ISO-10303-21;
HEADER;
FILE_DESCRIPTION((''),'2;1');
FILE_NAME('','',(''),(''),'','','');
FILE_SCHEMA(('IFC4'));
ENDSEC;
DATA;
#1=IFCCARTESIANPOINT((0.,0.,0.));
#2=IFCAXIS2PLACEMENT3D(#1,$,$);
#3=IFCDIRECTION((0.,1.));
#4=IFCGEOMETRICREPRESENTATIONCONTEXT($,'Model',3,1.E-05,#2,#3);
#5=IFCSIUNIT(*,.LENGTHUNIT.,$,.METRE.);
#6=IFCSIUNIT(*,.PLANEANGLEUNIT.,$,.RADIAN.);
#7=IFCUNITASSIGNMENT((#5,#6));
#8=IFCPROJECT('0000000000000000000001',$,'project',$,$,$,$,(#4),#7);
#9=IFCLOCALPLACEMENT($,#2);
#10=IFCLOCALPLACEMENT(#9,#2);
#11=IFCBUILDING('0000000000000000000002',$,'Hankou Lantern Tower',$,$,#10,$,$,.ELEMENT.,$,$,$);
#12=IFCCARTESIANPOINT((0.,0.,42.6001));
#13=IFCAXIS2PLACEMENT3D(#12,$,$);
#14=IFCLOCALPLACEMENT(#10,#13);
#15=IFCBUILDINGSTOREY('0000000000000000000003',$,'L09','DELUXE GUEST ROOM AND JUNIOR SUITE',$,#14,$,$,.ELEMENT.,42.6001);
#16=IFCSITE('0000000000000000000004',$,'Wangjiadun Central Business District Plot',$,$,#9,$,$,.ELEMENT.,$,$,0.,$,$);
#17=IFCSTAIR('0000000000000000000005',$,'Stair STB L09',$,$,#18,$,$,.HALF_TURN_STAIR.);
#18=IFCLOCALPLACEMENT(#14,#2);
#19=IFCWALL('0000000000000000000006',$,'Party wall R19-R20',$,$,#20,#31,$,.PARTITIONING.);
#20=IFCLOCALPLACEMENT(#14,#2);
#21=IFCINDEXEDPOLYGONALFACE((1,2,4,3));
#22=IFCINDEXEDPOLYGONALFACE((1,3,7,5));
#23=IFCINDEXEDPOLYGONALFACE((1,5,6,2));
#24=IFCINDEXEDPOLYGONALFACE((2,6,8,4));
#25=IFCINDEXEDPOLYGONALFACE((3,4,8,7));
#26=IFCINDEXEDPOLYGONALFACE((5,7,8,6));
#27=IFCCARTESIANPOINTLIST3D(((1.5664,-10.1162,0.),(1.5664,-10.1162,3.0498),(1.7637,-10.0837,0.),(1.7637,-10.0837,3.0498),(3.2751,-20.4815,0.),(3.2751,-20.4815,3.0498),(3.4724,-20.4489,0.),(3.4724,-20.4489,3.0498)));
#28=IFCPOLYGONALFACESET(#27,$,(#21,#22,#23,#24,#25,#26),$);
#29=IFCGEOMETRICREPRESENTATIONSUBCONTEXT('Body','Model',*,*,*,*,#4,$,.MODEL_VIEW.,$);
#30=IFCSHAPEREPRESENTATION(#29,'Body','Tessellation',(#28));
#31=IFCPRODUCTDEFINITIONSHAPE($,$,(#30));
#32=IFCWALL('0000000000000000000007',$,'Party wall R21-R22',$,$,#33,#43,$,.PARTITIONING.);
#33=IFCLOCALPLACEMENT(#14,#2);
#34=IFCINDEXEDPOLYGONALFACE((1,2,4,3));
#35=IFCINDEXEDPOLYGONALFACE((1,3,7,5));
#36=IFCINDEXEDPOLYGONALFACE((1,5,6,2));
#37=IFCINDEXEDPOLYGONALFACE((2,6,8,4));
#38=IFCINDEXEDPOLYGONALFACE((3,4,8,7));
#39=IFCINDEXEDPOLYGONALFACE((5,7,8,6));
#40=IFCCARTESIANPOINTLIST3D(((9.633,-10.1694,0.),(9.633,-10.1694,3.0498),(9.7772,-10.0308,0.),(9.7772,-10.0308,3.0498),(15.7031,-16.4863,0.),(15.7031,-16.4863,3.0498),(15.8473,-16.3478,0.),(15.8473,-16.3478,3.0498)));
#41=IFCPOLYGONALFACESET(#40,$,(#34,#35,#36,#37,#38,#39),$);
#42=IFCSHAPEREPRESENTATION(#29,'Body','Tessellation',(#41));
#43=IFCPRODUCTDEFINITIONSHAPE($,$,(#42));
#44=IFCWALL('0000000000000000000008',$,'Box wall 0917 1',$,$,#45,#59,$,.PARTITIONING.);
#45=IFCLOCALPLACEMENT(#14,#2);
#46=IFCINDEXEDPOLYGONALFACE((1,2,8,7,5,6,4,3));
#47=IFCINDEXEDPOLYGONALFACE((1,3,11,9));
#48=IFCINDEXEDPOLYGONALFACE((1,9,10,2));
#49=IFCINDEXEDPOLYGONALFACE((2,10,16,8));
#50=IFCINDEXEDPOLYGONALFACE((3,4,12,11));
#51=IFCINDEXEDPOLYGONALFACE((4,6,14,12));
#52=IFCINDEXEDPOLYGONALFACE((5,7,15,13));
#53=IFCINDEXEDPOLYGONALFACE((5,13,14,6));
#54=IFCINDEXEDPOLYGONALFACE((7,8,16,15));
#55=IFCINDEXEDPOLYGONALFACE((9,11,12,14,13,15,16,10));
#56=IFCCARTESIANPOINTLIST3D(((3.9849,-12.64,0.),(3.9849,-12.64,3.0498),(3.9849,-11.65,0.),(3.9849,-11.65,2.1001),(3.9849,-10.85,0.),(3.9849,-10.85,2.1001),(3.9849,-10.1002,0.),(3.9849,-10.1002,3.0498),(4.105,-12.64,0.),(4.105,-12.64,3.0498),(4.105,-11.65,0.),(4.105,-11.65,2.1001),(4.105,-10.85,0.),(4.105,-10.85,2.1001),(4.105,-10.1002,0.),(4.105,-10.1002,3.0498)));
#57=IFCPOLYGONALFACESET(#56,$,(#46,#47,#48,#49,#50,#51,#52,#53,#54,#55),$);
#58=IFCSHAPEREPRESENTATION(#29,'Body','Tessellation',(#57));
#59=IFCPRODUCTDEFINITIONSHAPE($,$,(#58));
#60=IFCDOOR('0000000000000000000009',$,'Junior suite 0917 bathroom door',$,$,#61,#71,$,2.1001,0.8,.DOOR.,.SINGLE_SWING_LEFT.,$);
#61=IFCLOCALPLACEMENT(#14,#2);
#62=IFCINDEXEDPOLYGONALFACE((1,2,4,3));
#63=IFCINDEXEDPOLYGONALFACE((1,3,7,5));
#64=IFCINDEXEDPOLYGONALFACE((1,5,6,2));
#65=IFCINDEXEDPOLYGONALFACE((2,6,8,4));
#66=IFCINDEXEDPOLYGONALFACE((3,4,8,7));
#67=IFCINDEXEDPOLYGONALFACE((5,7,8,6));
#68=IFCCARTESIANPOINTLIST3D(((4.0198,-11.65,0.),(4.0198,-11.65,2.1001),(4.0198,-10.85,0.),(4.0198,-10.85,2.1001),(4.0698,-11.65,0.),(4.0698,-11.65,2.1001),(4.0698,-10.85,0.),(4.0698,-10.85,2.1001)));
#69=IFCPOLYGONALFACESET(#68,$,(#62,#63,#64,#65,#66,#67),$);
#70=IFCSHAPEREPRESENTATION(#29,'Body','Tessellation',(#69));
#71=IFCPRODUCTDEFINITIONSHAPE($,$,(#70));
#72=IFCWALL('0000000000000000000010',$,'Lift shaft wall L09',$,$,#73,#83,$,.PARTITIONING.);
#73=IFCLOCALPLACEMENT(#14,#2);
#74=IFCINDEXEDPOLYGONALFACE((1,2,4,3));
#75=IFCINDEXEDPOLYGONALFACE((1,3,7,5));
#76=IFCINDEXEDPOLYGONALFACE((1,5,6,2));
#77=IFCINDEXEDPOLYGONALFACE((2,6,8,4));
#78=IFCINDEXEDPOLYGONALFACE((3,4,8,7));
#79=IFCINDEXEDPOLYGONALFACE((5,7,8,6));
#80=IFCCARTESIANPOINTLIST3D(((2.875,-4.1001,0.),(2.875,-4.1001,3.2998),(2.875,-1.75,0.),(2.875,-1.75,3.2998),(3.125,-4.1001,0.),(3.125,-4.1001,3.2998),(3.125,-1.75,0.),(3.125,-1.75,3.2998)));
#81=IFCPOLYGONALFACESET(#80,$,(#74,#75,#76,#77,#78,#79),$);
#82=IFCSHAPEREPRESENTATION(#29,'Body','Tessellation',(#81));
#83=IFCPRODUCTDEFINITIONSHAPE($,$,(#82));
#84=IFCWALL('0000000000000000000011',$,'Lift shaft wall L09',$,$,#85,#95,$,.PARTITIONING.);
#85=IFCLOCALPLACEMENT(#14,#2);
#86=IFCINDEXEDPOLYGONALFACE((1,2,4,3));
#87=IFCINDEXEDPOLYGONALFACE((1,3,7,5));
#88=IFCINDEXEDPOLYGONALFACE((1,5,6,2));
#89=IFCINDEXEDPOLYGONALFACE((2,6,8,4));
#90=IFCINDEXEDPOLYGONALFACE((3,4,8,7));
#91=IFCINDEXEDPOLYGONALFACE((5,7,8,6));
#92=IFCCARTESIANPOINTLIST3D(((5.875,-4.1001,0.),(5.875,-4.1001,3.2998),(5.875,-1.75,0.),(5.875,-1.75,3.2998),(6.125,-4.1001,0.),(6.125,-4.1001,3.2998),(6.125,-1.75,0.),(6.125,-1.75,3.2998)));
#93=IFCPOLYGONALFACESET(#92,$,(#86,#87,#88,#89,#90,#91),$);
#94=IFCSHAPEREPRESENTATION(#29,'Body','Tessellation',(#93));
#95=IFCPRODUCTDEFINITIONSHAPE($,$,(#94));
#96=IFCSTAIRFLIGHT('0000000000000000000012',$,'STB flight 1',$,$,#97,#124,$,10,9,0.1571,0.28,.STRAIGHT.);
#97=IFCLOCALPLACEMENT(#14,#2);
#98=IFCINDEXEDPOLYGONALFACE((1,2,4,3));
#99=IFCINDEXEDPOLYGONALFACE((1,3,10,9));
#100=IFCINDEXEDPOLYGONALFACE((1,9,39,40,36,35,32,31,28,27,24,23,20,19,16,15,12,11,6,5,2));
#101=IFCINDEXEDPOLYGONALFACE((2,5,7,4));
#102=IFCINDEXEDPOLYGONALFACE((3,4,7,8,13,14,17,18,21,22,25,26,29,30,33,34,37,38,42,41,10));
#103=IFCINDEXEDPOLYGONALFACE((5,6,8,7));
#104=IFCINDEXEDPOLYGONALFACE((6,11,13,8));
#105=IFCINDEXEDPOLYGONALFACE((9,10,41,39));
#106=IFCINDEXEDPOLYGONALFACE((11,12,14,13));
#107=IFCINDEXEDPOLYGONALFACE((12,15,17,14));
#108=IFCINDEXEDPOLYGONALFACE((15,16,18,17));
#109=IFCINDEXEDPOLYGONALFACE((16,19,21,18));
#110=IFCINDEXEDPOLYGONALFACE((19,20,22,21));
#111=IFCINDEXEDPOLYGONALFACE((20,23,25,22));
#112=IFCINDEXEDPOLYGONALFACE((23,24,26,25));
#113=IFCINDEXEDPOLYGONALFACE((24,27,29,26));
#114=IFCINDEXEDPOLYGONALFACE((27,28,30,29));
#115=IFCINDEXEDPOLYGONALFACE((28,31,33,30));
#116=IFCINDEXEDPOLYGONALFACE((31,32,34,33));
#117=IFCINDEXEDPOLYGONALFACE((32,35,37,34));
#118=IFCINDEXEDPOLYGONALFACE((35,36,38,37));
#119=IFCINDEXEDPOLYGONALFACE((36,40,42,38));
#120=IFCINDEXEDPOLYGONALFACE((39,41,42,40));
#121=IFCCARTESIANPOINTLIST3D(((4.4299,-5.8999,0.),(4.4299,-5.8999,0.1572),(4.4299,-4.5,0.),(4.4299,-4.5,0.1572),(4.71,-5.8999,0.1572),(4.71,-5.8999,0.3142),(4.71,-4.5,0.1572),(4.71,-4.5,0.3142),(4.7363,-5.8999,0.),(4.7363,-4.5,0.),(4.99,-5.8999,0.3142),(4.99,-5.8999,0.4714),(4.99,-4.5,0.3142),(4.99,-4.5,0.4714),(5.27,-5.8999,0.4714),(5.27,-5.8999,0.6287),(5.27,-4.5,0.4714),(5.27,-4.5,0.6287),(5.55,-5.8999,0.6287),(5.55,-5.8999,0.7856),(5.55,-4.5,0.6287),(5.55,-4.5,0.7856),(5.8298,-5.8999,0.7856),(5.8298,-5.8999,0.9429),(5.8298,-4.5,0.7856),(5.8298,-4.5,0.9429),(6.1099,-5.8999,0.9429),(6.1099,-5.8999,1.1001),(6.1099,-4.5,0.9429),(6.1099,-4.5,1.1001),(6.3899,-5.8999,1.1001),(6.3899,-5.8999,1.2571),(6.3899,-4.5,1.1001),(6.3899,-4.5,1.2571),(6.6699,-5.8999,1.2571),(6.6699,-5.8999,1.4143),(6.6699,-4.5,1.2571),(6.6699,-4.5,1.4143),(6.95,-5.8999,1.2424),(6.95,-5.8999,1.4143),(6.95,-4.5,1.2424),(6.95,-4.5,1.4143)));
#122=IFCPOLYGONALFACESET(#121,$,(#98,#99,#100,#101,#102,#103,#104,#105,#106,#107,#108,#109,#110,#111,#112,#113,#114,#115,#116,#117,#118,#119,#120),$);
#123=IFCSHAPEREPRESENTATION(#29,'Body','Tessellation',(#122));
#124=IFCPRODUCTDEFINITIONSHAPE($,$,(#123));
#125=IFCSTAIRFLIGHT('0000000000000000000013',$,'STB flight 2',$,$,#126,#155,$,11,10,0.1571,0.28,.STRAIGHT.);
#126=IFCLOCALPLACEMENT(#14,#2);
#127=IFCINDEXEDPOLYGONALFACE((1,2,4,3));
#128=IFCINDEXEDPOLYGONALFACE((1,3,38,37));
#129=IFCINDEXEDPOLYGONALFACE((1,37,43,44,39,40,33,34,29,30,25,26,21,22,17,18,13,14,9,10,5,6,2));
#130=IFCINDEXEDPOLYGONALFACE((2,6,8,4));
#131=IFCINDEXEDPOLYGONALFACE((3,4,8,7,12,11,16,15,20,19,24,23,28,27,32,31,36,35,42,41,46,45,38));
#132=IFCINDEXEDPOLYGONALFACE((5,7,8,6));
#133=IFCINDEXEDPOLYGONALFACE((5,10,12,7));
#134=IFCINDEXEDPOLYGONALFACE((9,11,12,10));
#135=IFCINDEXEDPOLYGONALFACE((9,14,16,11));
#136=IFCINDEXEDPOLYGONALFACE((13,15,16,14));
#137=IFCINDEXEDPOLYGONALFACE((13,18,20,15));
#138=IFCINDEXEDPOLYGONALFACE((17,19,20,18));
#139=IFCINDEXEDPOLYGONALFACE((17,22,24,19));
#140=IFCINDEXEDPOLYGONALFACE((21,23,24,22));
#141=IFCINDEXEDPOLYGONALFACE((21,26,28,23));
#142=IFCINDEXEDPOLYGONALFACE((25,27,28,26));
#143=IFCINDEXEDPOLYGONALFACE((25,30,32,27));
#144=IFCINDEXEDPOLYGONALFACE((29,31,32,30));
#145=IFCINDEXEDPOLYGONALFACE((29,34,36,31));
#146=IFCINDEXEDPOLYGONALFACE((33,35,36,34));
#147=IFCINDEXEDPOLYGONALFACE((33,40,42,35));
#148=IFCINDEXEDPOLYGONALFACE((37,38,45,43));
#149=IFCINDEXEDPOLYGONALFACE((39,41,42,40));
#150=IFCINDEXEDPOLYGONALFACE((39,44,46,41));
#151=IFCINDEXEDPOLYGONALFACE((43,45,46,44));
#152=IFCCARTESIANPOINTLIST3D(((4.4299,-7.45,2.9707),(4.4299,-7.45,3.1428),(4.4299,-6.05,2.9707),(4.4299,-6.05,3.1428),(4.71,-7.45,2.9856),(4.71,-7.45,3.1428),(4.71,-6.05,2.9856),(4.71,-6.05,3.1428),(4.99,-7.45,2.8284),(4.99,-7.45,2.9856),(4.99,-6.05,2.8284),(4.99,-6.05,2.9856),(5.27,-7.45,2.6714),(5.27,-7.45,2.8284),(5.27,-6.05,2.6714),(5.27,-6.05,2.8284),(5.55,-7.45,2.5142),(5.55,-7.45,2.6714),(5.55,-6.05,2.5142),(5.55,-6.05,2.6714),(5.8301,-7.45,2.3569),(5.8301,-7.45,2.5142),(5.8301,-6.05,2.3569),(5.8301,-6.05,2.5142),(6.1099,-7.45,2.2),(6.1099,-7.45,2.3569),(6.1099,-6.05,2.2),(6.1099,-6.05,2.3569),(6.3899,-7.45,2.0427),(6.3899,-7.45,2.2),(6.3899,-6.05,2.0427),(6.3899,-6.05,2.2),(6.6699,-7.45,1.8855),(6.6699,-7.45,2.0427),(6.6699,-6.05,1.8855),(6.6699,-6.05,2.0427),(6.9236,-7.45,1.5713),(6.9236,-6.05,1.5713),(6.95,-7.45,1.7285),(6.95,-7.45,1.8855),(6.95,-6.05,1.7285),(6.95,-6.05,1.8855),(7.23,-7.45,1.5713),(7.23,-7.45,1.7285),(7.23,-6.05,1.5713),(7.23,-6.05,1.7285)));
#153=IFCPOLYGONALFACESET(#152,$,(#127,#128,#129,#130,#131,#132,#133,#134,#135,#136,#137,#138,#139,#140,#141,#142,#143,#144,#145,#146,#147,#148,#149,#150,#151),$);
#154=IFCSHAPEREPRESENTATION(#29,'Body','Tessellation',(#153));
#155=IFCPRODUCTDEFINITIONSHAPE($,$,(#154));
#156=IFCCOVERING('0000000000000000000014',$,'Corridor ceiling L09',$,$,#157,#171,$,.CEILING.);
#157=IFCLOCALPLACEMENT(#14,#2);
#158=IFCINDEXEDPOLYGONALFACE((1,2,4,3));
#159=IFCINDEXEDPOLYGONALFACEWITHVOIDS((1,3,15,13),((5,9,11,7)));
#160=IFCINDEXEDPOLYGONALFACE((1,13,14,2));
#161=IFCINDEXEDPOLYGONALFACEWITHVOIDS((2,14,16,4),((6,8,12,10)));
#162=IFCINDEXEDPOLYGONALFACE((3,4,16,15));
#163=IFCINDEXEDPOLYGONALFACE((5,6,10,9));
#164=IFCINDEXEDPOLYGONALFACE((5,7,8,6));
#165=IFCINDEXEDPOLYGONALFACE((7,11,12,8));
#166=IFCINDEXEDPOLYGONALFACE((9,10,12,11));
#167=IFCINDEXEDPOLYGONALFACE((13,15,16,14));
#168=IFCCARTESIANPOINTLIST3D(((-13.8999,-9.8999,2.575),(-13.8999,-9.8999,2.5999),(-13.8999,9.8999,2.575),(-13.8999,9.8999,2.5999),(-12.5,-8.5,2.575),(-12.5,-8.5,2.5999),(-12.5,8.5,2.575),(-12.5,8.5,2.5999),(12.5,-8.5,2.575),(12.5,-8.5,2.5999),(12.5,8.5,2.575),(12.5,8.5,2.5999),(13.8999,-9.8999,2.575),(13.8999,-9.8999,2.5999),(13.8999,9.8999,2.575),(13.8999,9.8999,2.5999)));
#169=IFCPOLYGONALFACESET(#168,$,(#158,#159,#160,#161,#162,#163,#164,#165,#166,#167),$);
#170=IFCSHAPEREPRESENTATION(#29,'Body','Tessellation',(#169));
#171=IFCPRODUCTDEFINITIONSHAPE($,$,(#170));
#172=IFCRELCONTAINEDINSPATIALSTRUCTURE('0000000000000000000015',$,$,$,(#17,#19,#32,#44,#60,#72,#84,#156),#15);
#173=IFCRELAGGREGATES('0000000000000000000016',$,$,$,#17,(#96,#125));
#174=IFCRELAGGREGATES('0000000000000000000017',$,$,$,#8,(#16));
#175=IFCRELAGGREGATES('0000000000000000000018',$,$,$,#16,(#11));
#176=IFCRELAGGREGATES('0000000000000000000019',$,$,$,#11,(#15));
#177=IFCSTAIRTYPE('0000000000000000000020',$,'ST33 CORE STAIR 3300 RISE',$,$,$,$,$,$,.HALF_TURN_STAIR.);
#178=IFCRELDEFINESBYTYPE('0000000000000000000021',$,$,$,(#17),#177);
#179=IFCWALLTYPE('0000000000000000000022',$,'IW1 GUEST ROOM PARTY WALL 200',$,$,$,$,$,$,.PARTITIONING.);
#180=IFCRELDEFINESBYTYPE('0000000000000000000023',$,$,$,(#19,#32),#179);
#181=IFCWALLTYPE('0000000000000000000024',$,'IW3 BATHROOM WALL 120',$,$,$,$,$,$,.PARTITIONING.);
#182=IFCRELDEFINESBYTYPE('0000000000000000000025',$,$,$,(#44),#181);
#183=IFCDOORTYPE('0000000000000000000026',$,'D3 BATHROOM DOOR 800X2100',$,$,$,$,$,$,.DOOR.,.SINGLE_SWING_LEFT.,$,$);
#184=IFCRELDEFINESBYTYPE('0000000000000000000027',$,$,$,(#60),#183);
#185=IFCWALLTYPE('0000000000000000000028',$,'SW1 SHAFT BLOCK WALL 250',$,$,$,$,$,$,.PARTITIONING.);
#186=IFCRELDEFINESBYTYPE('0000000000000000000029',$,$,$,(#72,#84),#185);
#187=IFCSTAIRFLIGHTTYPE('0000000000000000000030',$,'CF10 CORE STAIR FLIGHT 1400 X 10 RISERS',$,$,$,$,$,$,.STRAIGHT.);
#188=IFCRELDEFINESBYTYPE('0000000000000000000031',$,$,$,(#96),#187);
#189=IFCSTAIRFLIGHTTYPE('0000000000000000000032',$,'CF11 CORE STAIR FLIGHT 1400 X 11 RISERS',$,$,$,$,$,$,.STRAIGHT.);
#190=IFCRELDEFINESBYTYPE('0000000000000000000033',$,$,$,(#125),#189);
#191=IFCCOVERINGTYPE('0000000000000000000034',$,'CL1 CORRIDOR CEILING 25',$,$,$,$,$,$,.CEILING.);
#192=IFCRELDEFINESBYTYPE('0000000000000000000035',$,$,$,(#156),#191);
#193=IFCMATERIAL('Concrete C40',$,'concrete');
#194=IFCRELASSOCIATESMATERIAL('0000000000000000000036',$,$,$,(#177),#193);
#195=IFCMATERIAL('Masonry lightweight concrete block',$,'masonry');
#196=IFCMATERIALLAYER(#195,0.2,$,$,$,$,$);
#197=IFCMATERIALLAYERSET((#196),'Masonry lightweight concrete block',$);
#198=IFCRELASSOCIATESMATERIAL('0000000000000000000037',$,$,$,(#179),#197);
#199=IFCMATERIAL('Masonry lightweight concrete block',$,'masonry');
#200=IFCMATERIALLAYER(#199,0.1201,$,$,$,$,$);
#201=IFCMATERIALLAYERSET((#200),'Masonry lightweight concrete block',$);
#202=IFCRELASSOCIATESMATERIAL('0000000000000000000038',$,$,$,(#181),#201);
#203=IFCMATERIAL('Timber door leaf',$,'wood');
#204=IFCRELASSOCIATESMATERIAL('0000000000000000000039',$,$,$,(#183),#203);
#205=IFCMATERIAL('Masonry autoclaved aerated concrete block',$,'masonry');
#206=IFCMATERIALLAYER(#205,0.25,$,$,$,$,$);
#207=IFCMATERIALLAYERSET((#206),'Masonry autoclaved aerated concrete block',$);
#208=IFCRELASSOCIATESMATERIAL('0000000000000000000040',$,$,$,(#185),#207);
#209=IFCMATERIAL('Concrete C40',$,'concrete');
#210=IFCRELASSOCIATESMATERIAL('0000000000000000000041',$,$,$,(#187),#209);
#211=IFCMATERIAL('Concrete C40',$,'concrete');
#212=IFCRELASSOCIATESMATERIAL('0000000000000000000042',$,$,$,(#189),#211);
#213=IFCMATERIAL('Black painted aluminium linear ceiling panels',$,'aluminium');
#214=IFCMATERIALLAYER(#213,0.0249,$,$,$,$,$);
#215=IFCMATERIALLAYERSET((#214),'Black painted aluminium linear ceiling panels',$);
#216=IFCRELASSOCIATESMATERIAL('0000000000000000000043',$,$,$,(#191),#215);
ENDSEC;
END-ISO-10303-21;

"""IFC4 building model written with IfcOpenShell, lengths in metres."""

from ifc_helpers import new_model, si_unit, direction, frame, frame_2d, origin, place, context, subcontext, project, spatial, polyline, rectangle, outline, extrude, material, layer, layer_set, type_object, element, fill, aggregate, save


model = new_model("IFC4")

# Units and contexts
model_context = context("Model", 3, precision=1e-05, world=origin(), true_north=direction((0.0, 1.0)))
body_context = subcontext(model_context, "Body", "Model", "MODEL_VIEW")
ifc_project = project(units=[si_unit("LENGTHUNIT", "METRE"), si_unit("PLANEANGLEUNIT", "RADIAN")], contexts=[model_context])

# Site, building, storey
site_placement = place(None, origin())
site = spatial("IfcSite", under=ifc_project, at=site_placement, Name="Wangjiadun Central Business District Plot", CompositionType="ELEMENT", RefElevation=0.0)
building_placement = place(site_placement, origin())
building = spatial("IfcBuilding", under=site, at=building_placement, Name="Hankou Lantern Tower", CompositionType="ELEMENT")
storey_placement = place(building_placement, frame((0.0, 0.0, 42.6001)))
storey = spatial("IfcBuildingStorey", under=building, at=storey_placement, Name="L09", Description="DELUXE GUEST ROOM AND JUNIOR SUITE", CompositionType="ELEMENT", Elevation=42.6001)

# Stair
ifc_material_1 = material(Name="Concrete C40", Category="concrete")
stair_type = type_object("IfcStairType", Name="ST33 CORE STAIR 3300 RISE", PredefinedType="HALF_TURN_STAIR", material=ifc_material_1)
stair_1_placement = place(storey_placement, origin())
stair_1 = element("IfcStair", 1, at=stair_1_placement, inside=storey, type_object=stair_type, Name="Stair STB L09", PredefinedType="HALF_TURN_STAIR")

# Walls
ifc_material_2 = material(Name="Masonry lightweight concrete block", Category="masonry")
ifc_layer_1 = layer(ifc_material_2, 0.2)
ifc_layer_set_1 = layer_set([ifc_layer_1], Name="Masonry lightweight concrete block")
wall_type_1 = type_object("IfcWallType", Name="IW1 GUEST ROOM PARTY WALL 200", PredefinedType="PARTITIONING", material=ifc_layer_set_1)
wall_1_placement = place(storey_placement, frame((1.665, -10.1001, 0.0), z_axis=(0.0, 0.0, 1.0), x_axis=(0.162658, -0.986683, 0.0)))
element("IfcWall", 2, at=wall_1_placement, inside=storey, type_object=wall_type_1, Name="Party wall R19-R20", PredefinedType="PARTITIONING", context=body_context, shape_type="SweptSolid", body=[
    extrude(rectangle(XDim=10.5051, YDim=0.2, at=frame_2d((5.2524, 0.0))), origin(), (0.0, 0.0, 1.0), 3.0498),
])
wall_2_placement = place(storey_placement, frame((9.7051, -10.1001, 0.0), z_axis=(0.0, 0.0, 1.0), x_axis=(0.692879, -0.721054, 0.0)))
element("IfcWall", 3, at=wall_2_placement, inside=storey, type_object=wall_type_1, Name="Party wall R21-R22", PredefinedType="PARTITIONING", context=body_context, shape_type="SweptSolid", body=[
    extrude(rectangle(XDim=8.7607, YDim=0.2, at=frame_2d((4.3804, 0.0))), origin(), (0.0, 0.0, 1.0), 3.0498),
])

# Wall, opening, door
ifc_material_3 = material(Name="Masonry lightweight concrete block", Category="masonry")
ifc_layer_2 = layer(ifc_material_3, 0.1201)
ifc_layer_set_2 = layer_set([ifc_layer_2], Name="Masonry lightweight concrete block")
wall_type_2 = type_object("IfcWallType", Name="IW3 BATHROOM WALL 120", PredefinedType="PARTITIONING", material=ifc_layer_set_2)
wall_3_placement = place(storey_placement, frame((4.0449, -10.1001, 0.0), z_axis=(0.0, 0.0, 1.0), x_axis=(0.0, -1.0, 0.0)))
wall_3 = element("IfcWall", 4, at=wall_3_placement, inside=storey, type_object=wall_type_2, Name="Box wall 0917 1", PredefinedType="PARTITIONING", context=body_context, shape_type="SweptSolid", body=[
    extrude(rectangle(XDim=2.5398, YDim=0.1201, at=frame_2d((1.27, 0.0))), origin(), (0.0, 0.0, 1.0), 3.0498),
])
opening_1_placement = place(wall_3_placement, frame((0.75, 0.0, 0.0)))
opening_1 = element("IfcOpeningElement", 5, at=opening_1_placement, cuts=wall_3, PredefinedType="OPENING", context=body_context, shape_type="SweptSolid", body=[
    extrude(rectangle(XDim=0.8, YDim=2.1001, at=frame_2d((0.3999, 1.05))), frame((0.0, 0.0701, 0.0), z_axis=(0.0, -1.0, 0.0), x_axis=(1.0, 0.0, 0.0)), (0.0, 0.0, 1.0), 0.1401),
])
ifc_material_4 = material(Name="Timber door leaf", Category="wood")
door_type_1 = type_object("IfcDoorType", Name="D3 BATHROOM DOOR 800X2100", OperationType="SINGLE_SWING_LEFT", PredefinedType="DOOR", material=ifc_material_4)
door_1_placement = place(opening_1_placement, origin())
door_1 = element("IfcDoor", 6, at=door_1_placement, inside=storey, type_object=door_type_1, Name="Junior suite 0917 bathroom door", OperationType="SINGLE_SWING_LEFT", OverallHeight=2.1001, OverallWidth=0.8, PredefinedType="DOOR", context=body_context, shape_type="SweptSolid", body=[
    extrude(rectangle(XDim=0.8, YDim=2.1001, at=frame_2d((0.3999, 1.05))), frame((0.0, 0.0249, 0.0), z_axis=(0.0, -1.0, 0.0), x_axis=(1.0, 0.0, 0.0)), (0.0, 0.0, 1.0), 0.05),
])
fill(opening_1, door_1)

# Walls
ifc_material_5 = material(Name="Masonry autoclaved aerated concrete block", Category="masonry")
ifc_layer_3 = layer(ifc_material_5, 0.25)
ifc_layer_set_3 = layer_set([ifc_layer_3], Name="Masonry autoclaved aerated concrete block")
wall_type_3 = type_object("IfcWallType", Name="SW1 SHAFT BLOCK WALL 250", PredefinedType="PARTITIONING", material=ifc_layer_set_3)
for number, where, z_axis, x_axis, name in (
    (7, (3.0, -4.1001, 0.0), (0.0, 0.0, 1.0), (0.0, 1.0, 0.0), "Lift shaft wall L09"),
    (8, (6.0, -4.1001, 0.0), (0.0, 0.0, 1.0), (0.0, 1.0, 0.0), "Lift shaft wall L09"),
):
    element("IfcWall", number, at=place(storey_placement, frame(where, z_axis=z_axis, x_axis=x_axis)), inside=storey, type_object=wall_type_3, Name=name, PredefinedType="PARTITIONING", context=body_context, shape_type="SweptSolid", body=[
        extrude(rectangle(XDim=2.3501, YDim=0.25, at=frame_2d((1.175, 0.0))), origin(), (0.0, 0.0, 1.0), 3.2998),
    ])

# Stair flights
ifc_material_6 = material(Name="Concrete C40", Category="concrete")
stair_flight_type_1 = type_object("IfcStairFlightType", Name="CF10 CORE STAIR FLIGHT 1400 X 10 RISERS", PredefinedType="STRAIGHT", material=ifc_material_6)
stair_flight_1_placement = place(storey_placement, frame((4.4299, -5.2, 0.0), z_axis=(0.0, 0.0, 1.0), x_axis=(1.0, 0.0, 0.0)))
stair_flight_1 = element("IfcStairFlight", 9, at=stair_flight_1_placement, type_object=stair_flight_type_1, Name="STB flight 1", NumberOfRisers=10, NumberOfTreads=9, PredefinedType="STRAIGHT", RiserHeight=0.1571, TreadLength=0.28, context=body_context, shape_type="SweptSolid", body=[
    extrude(outline(polyline([(0.0, 0.0), (0.0, 0.1572), (0.28, 0.1572), (0.28, 0.3142), (0.5601, 0.3142), (0.5601, 0.4714), (0.8401, 0.4714), (0.8401, 0.6287), (1.1201, 0.6287), (1.1201, 0.7856), (1.3999, 0.7856), (1.3999, 0.9429), (1.6799, 0.9429), (1.6799, 1.1001), (1.96, 1.1001), (1.96, 1.2571), (2.24, 1.2571), (2.24, 1.4143), (2.52, 1.4143), (2.52, 1.5715), (2.52, 1.2424), (0.3064, 0.0), (0.0, 0.0)])), frame((0.0, 0.7, 0.0), z_axis=(0.0, -1.0, 0.0), x_axis=(1.0, 0.0, 0.0)), (0.0, 0.0, 1.0), 1.3999),
])
ifc_material_7 = material(Name="Concrete C40", Category="concrete")
stair_flight_type_2 = type_object("IfcStairFlightType", Name="CF11 CORE STAIR FLIGHT 1400 X 11 RISERS", PredefinedType="STRAIGHT", material=ifc_material_7)
stair_flight_2_placement = place(storey_placement, frame((7.23, -6.75, 1.5713), z_axis=(0.0, 0.0, 1.0), x_axis=(-1.0, 0.0, 0.0)))
stair_flight_2 = element("IfcStairFlight", 10, at=stair_flight_2_placement, type_object=stair_flight_type_2, Name="STB flight 2", NumberOfRisers=11, NumberOfTreads=10, PredefinedType="STRAIGHT", RiserHeight=0.1571, TreadLength=0.28, context=body_context, shape_type="SweptSolid", body=[
    extrude(outline(polyline([(0.0, 0.0), (0.0, 0.1572), (0.28, 0.1572), (0.28, 0.3142), (0.5601, 0.3142), (0.5601, 0.4714), (0.8401, 0.4714), (0.8401, 0.6287), (1.1201, 0.6287), (1.1201, 0.7856), (1.3999, 0.7856), (1.3999, 0.9429), (1.6799, 0.9429), (1.6799, 1.1001), (1.96, 1.1001), (1.96, 1.2571), (2.24, 1.2571), (2.24, 1.4143), (2.52, 1.4143), (2.52, 1.5715), (2.8, 1.5715), (2.8, 1.7285), (2.8, 1.3994), (0.3064, 0.0), (0.0, 0.0)])), frame((0.0, 0.7, 0.0), z_axis=(0.0, -1.0, 0.0), x_axis=(1.0, 0.0, 0.0)), (0.0, 0.0, 1.0), 1.3999),
])
aggregate(stair_1, [stair_flight_1, stair_flight_2])

# Covering
ifc_material_8 = material(Name="Black painted aluminium linear ceiling panels", Category="aluminium")
ifc_layer_4 = layer(ifc_material_8, 0.0249)
ifc_layer_set_4 = layer_set([ifc_layer_4], Name="Black painted aluminium linear ceiling panels")
covering_type_1 = type_object("IfcCoveringType", Name="CL1 CORRIDOR CEILING 25", PredefinedType="CEILING", material=ifc_layer_set_4)
covering_1_placement = place(storey_placement, frame((0.0, 0.0, 2.575)))
element("IfcCovering", 11, at=covering_1_placement, inside=storey, type_object=covering_type_1, Name="Corridor ceiling L09", PredefinedType="CEILING", context=body_context, shape_type="SweptSolid", body=[
    extrude(outline(polyline([(-13.8999, -9.8999), (13.8999, -9.8999), (13.8999, 9.8999), (-13.8999, 9.8999), (-13.8999, -9.8999)]), holes=[polyline([(-12.5, 8.5), (12.5, 8.5), (12.5, -8.5), (-12.5, -8.5), (-12.5, 8.5)])]), origin(), (0.0, 0.0, 1.0), 0.0249),
])

save(model, "model.ifc")
